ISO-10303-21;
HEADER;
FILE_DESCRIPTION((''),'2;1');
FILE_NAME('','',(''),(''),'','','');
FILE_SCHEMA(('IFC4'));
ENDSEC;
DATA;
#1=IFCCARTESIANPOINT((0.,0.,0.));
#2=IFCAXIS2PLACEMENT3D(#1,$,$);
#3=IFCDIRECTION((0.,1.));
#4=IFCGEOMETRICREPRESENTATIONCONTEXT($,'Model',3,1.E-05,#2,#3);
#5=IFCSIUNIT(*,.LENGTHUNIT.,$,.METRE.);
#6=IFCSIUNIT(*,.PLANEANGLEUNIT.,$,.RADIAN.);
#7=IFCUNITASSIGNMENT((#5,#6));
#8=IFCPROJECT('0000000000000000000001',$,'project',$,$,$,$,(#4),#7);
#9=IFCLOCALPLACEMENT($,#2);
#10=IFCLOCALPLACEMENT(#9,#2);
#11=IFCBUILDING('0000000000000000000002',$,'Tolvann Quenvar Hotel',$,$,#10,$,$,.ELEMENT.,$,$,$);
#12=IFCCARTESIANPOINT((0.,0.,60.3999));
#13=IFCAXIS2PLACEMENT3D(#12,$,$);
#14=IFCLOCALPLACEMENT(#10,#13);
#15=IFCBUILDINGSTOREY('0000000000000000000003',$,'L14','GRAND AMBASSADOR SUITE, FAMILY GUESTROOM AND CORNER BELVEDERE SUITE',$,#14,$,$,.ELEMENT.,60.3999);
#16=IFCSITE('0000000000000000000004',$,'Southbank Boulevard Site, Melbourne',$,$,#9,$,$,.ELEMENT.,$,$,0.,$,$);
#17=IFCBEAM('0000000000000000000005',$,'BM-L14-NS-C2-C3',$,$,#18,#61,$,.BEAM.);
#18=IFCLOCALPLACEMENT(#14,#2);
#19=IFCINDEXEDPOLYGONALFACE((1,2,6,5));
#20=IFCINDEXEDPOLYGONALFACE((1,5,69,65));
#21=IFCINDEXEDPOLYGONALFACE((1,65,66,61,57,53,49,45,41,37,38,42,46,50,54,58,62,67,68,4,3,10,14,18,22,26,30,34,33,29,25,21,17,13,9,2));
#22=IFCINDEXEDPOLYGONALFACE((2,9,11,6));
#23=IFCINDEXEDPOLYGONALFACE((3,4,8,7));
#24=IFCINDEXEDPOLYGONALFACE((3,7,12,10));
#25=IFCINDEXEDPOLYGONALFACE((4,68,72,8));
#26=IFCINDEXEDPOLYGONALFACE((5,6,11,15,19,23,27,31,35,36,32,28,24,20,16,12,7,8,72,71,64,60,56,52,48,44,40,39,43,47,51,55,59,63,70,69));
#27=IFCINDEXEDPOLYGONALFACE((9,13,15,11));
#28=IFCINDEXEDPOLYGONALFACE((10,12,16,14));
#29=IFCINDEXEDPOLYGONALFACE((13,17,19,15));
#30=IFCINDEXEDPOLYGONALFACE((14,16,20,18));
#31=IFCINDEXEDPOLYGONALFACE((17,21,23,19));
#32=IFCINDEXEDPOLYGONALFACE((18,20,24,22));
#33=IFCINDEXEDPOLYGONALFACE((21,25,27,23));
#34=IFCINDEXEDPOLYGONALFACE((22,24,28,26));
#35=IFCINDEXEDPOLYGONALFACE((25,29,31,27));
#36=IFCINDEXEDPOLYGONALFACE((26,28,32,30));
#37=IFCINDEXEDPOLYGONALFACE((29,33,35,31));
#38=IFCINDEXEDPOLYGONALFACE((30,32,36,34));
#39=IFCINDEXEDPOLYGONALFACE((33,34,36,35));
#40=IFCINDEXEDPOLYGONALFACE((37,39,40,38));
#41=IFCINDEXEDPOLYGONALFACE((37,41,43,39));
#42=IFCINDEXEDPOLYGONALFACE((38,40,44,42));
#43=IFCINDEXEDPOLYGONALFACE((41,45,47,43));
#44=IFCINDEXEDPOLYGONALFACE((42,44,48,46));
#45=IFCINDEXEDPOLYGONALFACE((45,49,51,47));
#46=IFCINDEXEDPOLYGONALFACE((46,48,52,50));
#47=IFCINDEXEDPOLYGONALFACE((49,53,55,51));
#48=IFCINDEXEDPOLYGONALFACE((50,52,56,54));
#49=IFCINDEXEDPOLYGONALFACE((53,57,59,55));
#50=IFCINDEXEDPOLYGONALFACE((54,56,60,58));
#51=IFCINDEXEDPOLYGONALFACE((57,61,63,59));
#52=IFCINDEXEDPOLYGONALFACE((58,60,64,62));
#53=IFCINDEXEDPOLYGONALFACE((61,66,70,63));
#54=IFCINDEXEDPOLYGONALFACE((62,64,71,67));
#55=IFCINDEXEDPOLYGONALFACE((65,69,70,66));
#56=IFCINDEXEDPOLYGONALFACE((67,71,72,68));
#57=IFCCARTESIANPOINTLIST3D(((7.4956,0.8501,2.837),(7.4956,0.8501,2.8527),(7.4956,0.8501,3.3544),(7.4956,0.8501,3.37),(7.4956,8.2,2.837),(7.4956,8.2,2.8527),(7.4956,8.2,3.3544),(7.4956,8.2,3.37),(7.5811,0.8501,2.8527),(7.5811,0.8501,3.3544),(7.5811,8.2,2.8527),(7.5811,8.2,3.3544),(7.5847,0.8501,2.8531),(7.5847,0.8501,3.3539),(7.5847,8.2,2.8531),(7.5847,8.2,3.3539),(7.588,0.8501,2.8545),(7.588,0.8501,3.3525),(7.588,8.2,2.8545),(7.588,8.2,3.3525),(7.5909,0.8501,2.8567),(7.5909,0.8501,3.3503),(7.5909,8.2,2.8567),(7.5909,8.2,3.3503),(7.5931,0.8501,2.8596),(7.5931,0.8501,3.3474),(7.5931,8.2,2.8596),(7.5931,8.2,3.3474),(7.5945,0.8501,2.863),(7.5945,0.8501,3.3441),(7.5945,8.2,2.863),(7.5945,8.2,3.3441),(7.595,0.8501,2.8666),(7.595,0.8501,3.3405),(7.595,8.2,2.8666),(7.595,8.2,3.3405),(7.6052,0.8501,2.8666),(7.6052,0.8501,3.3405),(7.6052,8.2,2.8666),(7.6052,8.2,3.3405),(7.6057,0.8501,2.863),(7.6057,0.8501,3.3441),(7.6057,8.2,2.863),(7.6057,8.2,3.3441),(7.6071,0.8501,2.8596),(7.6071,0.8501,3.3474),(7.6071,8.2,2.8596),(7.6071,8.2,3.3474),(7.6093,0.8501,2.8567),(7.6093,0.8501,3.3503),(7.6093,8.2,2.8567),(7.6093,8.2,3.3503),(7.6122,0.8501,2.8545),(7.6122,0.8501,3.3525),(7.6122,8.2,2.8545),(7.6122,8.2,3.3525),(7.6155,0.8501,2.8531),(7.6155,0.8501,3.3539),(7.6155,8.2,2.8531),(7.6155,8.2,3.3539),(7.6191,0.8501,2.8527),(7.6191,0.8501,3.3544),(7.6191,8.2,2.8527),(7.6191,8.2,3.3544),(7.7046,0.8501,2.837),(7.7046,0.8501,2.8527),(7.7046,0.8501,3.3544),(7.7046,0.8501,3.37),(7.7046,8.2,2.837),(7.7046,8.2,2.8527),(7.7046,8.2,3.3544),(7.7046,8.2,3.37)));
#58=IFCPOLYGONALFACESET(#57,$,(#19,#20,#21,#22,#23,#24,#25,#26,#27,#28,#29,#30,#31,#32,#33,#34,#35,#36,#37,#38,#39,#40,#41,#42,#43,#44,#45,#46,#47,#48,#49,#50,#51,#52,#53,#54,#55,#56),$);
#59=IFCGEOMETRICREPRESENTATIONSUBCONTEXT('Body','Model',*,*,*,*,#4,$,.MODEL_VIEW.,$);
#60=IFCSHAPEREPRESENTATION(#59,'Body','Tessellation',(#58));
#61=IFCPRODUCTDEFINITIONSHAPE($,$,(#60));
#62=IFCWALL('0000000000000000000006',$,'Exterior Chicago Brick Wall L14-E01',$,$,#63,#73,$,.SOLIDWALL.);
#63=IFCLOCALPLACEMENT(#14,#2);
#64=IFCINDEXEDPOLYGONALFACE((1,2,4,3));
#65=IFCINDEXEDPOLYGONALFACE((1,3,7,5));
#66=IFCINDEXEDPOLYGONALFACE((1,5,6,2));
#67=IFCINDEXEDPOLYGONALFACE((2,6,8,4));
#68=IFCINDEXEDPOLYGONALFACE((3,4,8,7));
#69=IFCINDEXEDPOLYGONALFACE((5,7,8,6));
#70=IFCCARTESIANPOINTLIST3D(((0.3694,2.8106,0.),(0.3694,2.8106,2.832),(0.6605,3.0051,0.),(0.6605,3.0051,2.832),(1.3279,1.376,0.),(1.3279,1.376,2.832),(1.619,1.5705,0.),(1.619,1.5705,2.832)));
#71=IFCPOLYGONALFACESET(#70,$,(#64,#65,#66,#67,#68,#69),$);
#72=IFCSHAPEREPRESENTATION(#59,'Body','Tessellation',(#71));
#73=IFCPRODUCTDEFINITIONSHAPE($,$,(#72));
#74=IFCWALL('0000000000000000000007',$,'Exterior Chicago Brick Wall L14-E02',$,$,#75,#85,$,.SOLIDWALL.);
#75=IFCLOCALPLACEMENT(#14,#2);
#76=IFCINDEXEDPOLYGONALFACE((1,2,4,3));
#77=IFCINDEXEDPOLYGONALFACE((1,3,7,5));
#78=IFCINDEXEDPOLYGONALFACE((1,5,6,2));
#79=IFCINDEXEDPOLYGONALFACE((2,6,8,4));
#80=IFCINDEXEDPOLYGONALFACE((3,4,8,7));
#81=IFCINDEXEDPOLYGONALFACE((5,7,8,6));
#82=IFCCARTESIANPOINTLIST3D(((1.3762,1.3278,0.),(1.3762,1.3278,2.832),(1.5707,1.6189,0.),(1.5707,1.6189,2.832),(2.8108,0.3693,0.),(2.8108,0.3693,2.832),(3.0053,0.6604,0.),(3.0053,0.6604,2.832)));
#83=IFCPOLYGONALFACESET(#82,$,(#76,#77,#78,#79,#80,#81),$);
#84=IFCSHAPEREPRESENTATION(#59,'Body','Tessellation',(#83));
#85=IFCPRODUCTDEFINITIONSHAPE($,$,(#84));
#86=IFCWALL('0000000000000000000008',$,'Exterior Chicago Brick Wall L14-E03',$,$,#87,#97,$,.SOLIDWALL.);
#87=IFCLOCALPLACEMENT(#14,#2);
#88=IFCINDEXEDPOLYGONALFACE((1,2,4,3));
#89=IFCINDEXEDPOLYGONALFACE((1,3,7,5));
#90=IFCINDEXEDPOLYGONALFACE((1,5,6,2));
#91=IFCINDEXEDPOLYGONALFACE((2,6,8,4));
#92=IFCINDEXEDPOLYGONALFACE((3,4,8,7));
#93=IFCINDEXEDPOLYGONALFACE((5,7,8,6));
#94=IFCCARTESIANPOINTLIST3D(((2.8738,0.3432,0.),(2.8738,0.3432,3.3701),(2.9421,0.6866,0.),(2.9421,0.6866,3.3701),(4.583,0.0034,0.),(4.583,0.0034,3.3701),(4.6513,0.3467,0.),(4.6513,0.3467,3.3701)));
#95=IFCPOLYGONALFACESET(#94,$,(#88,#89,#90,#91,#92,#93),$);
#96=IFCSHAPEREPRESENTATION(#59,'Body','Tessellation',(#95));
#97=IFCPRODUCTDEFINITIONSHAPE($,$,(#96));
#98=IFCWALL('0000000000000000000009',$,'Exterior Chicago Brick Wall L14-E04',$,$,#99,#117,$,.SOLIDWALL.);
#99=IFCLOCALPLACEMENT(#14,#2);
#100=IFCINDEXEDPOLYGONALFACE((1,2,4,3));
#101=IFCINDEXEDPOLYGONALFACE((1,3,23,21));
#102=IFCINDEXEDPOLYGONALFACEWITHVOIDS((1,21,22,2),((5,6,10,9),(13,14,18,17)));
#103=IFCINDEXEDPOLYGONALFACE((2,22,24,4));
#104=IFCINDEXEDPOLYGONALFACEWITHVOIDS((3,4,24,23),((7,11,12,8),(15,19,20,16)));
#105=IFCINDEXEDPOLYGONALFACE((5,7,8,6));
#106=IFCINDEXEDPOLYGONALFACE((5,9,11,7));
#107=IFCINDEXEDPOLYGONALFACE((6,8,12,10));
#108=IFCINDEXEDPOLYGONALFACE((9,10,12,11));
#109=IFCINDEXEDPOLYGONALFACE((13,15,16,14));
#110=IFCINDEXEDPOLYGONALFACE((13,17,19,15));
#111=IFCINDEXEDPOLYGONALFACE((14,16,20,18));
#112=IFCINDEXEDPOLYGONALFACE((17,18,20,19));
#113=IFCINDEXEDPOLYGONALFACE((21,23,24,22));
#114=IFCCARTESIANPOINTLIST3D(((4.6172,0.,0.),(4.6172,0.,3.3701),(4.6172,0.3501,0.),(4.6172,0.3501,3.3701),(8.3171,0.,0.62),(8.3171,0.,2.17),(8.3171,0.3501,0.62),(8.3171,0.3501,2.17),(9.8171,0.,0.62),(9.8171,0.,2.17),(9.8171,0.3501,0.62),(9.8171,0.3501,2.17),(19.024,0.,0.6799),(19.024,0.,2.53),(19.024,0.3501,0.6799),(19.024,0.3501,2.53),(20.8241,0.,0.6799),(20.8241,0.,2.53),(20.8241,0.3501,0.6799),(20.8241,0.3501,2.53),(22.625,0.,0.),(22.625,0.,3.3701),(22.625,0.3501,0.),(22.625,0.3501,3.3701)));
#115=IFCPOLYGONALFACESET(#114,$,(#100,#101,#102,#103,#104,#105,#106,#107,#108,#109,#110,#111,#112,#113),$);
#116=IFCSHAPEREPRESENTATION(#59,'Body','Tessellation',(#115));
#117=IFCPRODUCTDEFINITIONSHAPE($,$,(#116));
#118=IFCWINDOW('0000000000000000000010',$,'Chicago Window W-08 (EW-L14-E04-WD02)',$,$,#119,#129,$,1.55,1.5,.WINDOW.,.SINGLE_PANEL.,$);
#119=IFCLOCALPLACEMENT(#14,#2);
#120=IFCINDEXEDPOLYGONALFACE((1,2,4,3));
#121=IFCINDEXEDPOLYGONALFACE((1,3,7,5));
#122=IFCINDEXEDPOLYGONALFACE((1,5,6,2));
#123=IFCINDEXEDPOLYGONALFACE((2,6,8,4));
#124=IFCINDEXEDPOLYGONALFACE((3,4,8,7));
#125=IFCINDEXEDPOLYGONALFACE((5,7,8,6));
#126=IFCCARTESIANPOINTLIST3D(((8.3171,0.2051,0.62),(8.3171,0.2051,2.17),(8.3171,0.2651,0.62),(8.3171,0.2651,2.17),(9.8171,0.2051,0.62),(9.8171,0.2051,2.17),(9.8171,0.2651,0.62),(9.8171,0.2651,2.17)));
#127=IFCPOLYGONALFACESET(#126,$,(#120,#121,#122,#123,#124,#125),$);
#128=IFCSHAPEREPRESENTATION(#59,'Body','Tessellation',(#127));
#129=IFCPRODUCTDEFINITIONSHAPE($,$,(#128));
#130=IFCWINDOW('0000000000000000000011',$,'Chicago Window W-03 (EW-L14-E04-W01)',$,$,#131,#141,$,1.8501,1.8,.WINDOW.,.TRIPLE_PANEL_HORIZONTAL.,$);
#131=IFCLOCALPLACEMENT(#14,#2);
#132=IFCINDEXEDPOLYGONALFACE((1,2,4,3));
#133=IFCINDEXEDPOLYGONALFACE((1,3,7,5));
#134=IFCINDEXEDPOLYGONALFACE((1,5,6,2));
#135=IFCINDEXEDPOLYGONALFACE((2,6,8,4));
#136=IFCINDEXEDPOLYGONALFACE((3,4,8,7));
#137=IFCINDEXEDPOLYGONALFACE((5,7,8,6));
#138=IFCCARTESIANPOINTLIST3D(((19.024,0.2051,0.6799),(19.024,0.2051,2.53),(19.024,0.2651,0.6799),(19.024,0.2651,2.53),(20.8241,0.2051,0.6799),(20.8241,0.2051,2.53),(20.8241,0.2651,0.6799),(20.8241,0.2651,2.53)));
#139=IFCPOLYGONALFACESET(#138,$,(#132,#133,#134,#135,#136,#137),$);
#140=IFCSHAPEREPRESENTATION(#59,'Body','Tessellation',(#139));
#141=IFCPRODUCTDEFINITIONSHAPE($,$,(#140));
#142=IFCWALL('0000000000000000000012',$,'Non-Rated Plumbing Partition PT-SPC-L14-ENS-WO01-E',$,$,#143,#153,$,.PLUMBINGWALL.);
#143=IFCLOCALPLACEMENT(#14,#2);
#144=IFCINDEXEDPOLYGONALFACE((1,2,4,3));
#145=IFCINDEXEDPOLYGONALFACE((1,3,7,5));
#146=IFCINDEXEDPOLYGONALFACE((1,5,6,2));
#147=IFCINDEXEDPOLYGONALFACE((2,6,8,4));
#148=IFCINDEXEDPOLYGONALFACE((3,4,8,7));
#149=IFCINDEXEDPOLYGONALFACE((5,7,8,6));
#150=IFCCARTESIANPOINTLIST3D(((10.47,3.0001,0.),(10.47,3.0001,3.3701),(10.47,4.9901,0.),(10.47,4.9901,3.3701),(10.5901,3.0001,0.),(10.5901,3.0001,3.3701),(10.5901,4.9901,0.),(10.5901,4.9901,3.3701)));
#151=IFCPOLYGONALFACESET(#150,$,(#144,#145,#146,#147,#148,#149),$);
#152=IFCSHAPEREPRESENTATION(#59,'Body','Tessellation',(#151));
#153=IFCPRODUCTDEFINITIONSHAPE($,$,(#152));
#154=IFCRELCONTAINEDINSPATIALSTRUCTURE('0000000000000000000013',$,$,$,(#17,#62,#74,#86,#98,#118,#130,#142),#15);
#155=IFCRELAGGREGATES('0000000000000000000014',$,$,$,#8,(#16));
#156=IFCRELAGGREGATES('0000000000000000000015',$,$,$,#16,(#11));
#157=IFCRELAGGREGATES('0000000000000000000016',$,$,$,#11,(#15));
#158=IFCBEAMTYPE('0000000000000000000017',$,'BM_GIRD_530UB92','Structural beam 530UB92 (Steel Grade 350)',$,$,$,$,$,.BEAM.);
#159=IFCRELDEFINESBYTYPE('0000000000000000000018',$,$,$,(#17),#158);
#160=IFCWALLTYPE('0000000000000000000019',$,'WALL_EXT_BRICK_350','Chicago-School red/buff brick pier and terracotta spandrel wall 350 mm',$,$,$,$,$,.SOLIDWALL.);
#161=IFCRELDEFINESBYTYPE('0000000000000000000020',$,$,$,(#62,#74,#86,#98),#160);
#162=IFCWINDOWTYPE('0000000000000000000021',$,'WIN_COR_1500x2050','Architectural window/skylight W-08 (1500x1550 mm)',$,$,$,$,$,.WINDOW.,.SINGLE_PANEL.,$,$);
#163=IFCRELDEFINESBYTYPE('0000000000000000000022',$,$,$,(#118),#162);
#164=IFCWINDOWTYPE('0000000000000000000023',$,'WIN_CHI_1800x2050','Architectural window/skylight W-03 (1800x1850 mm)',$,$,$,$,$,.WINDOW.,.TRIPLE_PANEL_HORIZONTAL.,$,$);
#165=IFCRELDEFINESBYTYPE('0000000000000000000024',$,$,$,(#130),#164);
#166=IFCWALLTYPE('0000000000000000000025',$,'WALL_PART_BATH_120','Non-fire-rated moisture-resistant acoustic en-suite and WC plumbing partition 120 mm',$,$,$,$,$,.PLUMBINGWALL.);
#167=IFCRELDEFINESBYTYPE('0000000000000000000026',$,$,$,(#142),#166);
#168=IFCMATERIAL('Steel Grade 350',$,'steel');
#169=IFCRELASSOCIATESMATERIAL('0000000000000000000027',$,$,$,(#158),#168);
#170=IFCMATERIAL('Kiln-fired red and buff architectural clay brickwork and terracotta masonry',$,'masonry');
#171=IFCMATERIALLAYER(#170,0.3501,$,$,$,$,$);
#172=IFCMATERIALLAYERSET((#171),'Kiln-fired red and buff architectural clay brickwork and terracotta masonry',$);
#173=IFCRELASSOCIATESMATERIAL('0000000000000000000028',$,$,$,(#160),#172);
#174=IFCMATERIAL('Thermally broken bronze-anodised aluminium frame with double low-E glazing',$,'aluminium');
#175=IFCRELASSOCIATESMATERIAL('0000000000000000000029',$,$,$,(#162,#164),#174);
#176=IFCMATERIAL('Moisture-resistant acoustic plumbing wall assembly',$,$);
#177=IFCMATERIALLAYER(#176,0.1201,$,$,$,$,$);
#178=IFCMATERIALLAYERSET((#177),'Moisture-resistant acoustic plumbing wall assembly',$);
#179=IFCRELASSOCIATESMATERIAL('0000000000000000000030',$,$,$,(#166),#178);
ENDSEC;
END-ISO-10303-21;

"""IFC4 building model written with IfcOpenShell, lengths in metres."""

from ifc_helpers import new_model, si_unit, direction, frame, frame_2d, origin, origin_2d, place, context, subcontext, project, spatial, rectangle, i_section, extrude, source, transform, mapped, material, layer, layer_set, material_profile, profile_set, type_object, type_shapes, element, fill, save


model = new_model("IFC4")

# Units and contexts
model_context = context("Model", 3, precision=1e-05, world=origin(), true_north=direction((0.0, 1.0)))
body_context = subcontext(model_context, "Body", "Model", "MODEL_VIEW")
ifc_project = project(units=[si_unit("LENGTHUNIT", "METRE"), si_unit("PLANEANGLEUNIT", "RADIAN")], contexts=[model_context])

# Site, building, storey
site_placement = place(None, origin())
site = spatial("IfcSite", under=ifc_project, at=site_placement, Name="Southbank Boulevard Site, Melbourne", CompositionType="ELEMENT", RefElevation=0.0)
building_placement = place(site_placement, origin())
building = spatial("IfcBuilding", under=site, at=building_placement, Name="Tolvann Quenvar Hotel", CompositionType="ELEMENT")
storey_placement = place(building_placement, frame((0.0, 0.0, 60.3999)))
storey = spatial("IfcBuildingStorey", under=building, at=storey_placement, Name="L14", Description="GRAND AMBASSADOR SUITE, FAMILY GUESTROOM AND CORNER BELVEDERE SUITE", CompositionType="ELEMENT", Elevation=60.3999)

# Beam
ifc_material_1 = material(Name="Steel Grade 350", Category="steel")
ifc_material_profile_1 = material_profile(ifc_material_1, i_section(OverallWidth=0.209, OverallDepth=0.533, WebThickness=0.0103, FlangeThickness=0.0156, FilletRadius=0.0139, at=origin_2d()), Name="530UB92")
ifc_profile_set_1 = profile_set([ifc_material_profile_1], Name="Steel Grade 350")
beam_type_1 = type_object("IfcBeamType", Name="BM_GIRD_530UB92", Description="Structural beam 530UB92 (Steel Grade 350)", PredefinedType="BEAM", material=ifc_profile_set_1)
shared_shape_1 = source(origin(), body_context, "Body", "SweptSolid", [
    extrude(i_section(OverallWidth=0.209, OverallDepth=0.533, WebThickness=0.0103, FlangeThickness=0.0156, FilletRadius=0.0139, at=origin_2d()), origin(), (0.0, 0.0, 1.0), 7.3499),
])
type_shapes(beam_type_1, [shared_shape_1])
beam_1_placement = place(storey_placement, frame((7.6001, 0.8501, 3.1035), z_axis=(0.0, 1.0, 0.0), x_axis=(-1.0, 0.0, 0.0)))
element("IfcBeam", 1, at=beam_1_placement, inside=storey, type_object=beam_type_1, Name="BM-L14-NS-C2-C3", PredefinedType="BEAM", context=body_context, shape_type="MappedRepresentation", body=[
    mapped(shared_shape_1, transform((0.0, 0.0, 0.0), x_axis=(1.0, 0.0, 0.0), y_axis=(0.0, 1.0, 0.0), z_axis=(0.0, 0.0, 1.0), scale=1.0)),
])

# Walls
ifc_material_2 = material(Name="Kiln-fired red and buff architectural clay brickwork and terracotta masonry", Category="masonry")
ifc_layer_1 = layer(ifc_material_2, 0.3501)
ifc_layer_set_1 = layer_set([ifc_layer_1], Name="Kiln-fired red and buff architectural clay brickwork and terracotta masonry")
wall_type_1 = type_object("IfcWallType", Name="WALL_EXT_BRICK_350", Description="Chicago-School red/buff brick pier and terracotta spandrel wall 350 mm", PredefinedType="SOLIDWALL", material=ifc_layer_set_1)
for number, where, z_axis, x_axis, name in (
    (2, (0.5149, 2.908, 0.0), (0.0, 0.0, 1.0), (0.555549, -0.831484, 0.0), "Exterior Chicago Brick Wall L14-E01"),
    (3, (1.4734, 1.4734, 0.0), (0.0, 0.0, 1.0), (0.831484, -0.555549, 0.0), "Exterior Chicago Brick Wall L14-E02"),
):
    element("IfcWall", number, at=place(storey_placement, frame(where, z_axis=z_axis, x_axis=x_axis)), inside=storey, type_object=wall_type_1, Name=name, PredefinedType="SOLIDWALL", context=body_context, shape_type="SweptSolid", body=[
        extrude(rectangle(XDim=1.7253, YDim=0.3501, at=frame_2d((0.8628, 0.0))), origin(), (0.0, 0.0, 1.0), 2.832),
    ])
wall_1_placement = place(storey_placement, frame((2.908, 0.5149, 0.0), z_axis=(0.0, 0.0, 1.0), x_axis=(0.980801, -0.195011, 0.0)))
element("IfcWall", 4, at=wall_1_placement, inside=storey, type_object=wall_type_1, Name="Exterior Chicago Brick Wall L14-E03", PredefinedType="SOLIDWALL", context=body_context, shape_type="SweptSolid", body=[
    extrude(rectangle(XDim=1.7427, YDim=0.3501, at=frame_2d((0.8713, 0.0))), origin(), (0.0, 0.0, 1.0), 3.3701),
])

# Wall, openings, windows
wall_2_placement = place(storey_placement, frame((4.6172, 0.175, 0.0), z_axis=(0.0, 0.0, 1.0), x_axis=(1.0, 0.0, 0.0)))
wall_2 = element("IfcWall", 5, at=wall_2_placement, inside=storey, type_object=wall_type_1, Name="Exterior Chicago Brick Wall L14-E04", PredefinedType="SOLIDWALL", context=body_context, shape_type="SweptSolid", body=[
    extrude(rectangle(XDim=18.0078, YDim=0.3501, at=frame_2d((9.0039, 0.0))), origin(), (0.0, 0.0, 1.0), 3.3701),
])
opening_1_placement = place(wall_2_placement, frame((14.407, 0.0, 0.6799)))
opening_1 = element("IfcOpeningElement", 6, at=opening_1_placement, cuts=wall_2, PredefinedType="OPENING", context=body_context, shape_type="SweptSolid", body=[
    extrude(rectangle(XDim=1.8, YDim=1.8501, at=frame_2d((0.8999, 0.925))), frame((0.0, 0.1851, 0.0), z_axis=(0.0, -1.0, 0.0), x_axis=(1.0, 0.0, 0.0)), (0.0, 0.0, 1.0), 0.3701),
])
opening_2_placement = place(wall_2_placement, frame((3.7, 0.0, 0.6201)))
opening_2 = element("IfcOpeningElement", 7, at=opening_2_placement, cuts=wall_2, PredefinedType="OPENING", context=body_context, shape_type="SweptSolid", body=[
    extrude(rectangle(XDim=1.5, YDim=1.55, at=frame_2d((0.75, 0.7749))), frame((0.0, 0.1851, 0.0), z_axis=(0.0, -1.0, 0.0), x_axis=(1.0, 0.0, 0.0)), (0.0, 0.0, 1.0), 0.3701),
])
ifc_material_3 = material(Name="Thermally broken bronze-anodised aluminium frame with double low-E glazing", Category="aluminium")
window_type_1 = type_object("IfcWindowType", Name="WIN_COR_1500x2050", Description="Architectural window/skylight W-08 (1500x1550 mm)", PartitioningType="SINGLE_PANEL", PredefinedType="WINDOW", material=ifc_material_3)
shared_shape_2 = source(origin(), body_context, "Body", "SweptSolid", [
    extrude(rectangle(XDim=1.5, YDim=1.55, at=frame_2d((0.75, 0.7749))), frame((0.0, 0.0901, 0.0), z_axis=(0.0, -1.0, 0.0), x_axis=(1.0, 0.0, 0.0)), (0.0, 0.0, 1.0), 0.0601),
])
type_shapes(window_type_1, [shared_shape_2])
window_1_placement = place(opening_2_placement, origin())
window_1 = element("IfcWindow", 8, at=window_1_placement, inside=storey, type_object=window_type_1, Name="Chicago Window W-08 (EW-L14-E04-WD02)", OverallHeight=1.55, OverallWidth=1.5, PartitioningType="SINGLE_PANEL", PredefinedType="WINDOW", context=body_context, shape_type="MappedRepresentation", body=[
    mapped(shared_shape_2, transform((0.0, 0.0, 0.0), x_axis=(1.0, 0.0, 0.0), y_axis=(0.0, 1.0, 0.0), z_axis=(0.0, 0.0, 1.0), scale=1.0)),
])
fill(opening_2, window_1)
window_type_2 = type_object("IfcWindowType", Name="WIN_CHI_1800x2050", Description="Architectural window/skylight W-03 (1800x1850 mm)", PartitioningType="TRIPLE_PANEL_HORIZONTAL", PredefinedType="WINDOW", material=ifc_material_3)
shared_shape_3 = source(origin(), body_context, "Body", "SweptSolid", [
    extrude(rectangle(XDim=1.8, YDim=1.8501, at=frame_2d((0.8999, 0.925))), frame((0.0, 0.0901, 0.0), z_axis=(0.0, -1.0, 0.0), x_axis=(1.0, 0.0, 0.0)), (0.0, 0.0, 1.0), 0.0601),
])
type_shapes(window_type_2, [shared_shape_3])
window_2_placement = place(opening_1_placement, origin())
window_2 = element("IfcWindow", 9, at=window_2_placement, inside=storey, type_object=window_type_2, Name="Chicago Window W-03 (EW-L14-E04-W01)", OverallHeight=1.8501, OverallWidth=1.8, PartitioningType="TRIPLE_PANEL_HORIZONTAL", PredefinedType="WINDOW", context=body_context, shape_type="MappedRepresentation", body=[
    mapped(shared_shape_3, transform((0.0, 0.0, 0.0), x_axis=(1.0, 0.0, 0.0), y_axis=(0.0, 1.0, 0.0), z_axis=(0.0, 0.0, 1.0), scale=1.0)),
])
fill(opening_1, window_2)

# Wall
ifc_material_4 = material(Name="Moisture-resistant acoustic plumbing wall assembly")
ifc_layer_2 = layer(ifc_material_4, 0.1201)
ifc_layer_set_2 = layer_set([ifc_layer_2], Name="Moisture-resistant acoustic plumbing wall assembly")
wall_type_2 = type_object("IfcWallType", Name="WALL_PART_BATH_120", Description="Non-fire-rated moisture-resistant acoustic en-suite and WC plumbing partition 120 mm", PredefinedType="PLUMBINGWALL", material=ifc_layer_set_2)
wall_3_placement = place(storey_placement, frame((10.53, 3.0, 0.0), z_axis=(0.0, 0.0, 1.0), x_axis=(0.0, 1.0, 0.0)))
element("IfcWall", 10, at=wall_3_placement, inside=storey, type_object=wall_type_2, Name="Non-Rated Plumbing Partition PT-SPC-L14-ENS-WO01-E", PredefinedType="PLUMBINGWALL", context=body_context, shape_type="SweptSolid", body=[
    extrude(rectangle(XDim=1.99, YDim=0.1201, at=frame_2d((0.9951, 0.0))), origin(), (0.0, 0.0, 1.0), 3.3701),
])

save(model, "model.ifc")
